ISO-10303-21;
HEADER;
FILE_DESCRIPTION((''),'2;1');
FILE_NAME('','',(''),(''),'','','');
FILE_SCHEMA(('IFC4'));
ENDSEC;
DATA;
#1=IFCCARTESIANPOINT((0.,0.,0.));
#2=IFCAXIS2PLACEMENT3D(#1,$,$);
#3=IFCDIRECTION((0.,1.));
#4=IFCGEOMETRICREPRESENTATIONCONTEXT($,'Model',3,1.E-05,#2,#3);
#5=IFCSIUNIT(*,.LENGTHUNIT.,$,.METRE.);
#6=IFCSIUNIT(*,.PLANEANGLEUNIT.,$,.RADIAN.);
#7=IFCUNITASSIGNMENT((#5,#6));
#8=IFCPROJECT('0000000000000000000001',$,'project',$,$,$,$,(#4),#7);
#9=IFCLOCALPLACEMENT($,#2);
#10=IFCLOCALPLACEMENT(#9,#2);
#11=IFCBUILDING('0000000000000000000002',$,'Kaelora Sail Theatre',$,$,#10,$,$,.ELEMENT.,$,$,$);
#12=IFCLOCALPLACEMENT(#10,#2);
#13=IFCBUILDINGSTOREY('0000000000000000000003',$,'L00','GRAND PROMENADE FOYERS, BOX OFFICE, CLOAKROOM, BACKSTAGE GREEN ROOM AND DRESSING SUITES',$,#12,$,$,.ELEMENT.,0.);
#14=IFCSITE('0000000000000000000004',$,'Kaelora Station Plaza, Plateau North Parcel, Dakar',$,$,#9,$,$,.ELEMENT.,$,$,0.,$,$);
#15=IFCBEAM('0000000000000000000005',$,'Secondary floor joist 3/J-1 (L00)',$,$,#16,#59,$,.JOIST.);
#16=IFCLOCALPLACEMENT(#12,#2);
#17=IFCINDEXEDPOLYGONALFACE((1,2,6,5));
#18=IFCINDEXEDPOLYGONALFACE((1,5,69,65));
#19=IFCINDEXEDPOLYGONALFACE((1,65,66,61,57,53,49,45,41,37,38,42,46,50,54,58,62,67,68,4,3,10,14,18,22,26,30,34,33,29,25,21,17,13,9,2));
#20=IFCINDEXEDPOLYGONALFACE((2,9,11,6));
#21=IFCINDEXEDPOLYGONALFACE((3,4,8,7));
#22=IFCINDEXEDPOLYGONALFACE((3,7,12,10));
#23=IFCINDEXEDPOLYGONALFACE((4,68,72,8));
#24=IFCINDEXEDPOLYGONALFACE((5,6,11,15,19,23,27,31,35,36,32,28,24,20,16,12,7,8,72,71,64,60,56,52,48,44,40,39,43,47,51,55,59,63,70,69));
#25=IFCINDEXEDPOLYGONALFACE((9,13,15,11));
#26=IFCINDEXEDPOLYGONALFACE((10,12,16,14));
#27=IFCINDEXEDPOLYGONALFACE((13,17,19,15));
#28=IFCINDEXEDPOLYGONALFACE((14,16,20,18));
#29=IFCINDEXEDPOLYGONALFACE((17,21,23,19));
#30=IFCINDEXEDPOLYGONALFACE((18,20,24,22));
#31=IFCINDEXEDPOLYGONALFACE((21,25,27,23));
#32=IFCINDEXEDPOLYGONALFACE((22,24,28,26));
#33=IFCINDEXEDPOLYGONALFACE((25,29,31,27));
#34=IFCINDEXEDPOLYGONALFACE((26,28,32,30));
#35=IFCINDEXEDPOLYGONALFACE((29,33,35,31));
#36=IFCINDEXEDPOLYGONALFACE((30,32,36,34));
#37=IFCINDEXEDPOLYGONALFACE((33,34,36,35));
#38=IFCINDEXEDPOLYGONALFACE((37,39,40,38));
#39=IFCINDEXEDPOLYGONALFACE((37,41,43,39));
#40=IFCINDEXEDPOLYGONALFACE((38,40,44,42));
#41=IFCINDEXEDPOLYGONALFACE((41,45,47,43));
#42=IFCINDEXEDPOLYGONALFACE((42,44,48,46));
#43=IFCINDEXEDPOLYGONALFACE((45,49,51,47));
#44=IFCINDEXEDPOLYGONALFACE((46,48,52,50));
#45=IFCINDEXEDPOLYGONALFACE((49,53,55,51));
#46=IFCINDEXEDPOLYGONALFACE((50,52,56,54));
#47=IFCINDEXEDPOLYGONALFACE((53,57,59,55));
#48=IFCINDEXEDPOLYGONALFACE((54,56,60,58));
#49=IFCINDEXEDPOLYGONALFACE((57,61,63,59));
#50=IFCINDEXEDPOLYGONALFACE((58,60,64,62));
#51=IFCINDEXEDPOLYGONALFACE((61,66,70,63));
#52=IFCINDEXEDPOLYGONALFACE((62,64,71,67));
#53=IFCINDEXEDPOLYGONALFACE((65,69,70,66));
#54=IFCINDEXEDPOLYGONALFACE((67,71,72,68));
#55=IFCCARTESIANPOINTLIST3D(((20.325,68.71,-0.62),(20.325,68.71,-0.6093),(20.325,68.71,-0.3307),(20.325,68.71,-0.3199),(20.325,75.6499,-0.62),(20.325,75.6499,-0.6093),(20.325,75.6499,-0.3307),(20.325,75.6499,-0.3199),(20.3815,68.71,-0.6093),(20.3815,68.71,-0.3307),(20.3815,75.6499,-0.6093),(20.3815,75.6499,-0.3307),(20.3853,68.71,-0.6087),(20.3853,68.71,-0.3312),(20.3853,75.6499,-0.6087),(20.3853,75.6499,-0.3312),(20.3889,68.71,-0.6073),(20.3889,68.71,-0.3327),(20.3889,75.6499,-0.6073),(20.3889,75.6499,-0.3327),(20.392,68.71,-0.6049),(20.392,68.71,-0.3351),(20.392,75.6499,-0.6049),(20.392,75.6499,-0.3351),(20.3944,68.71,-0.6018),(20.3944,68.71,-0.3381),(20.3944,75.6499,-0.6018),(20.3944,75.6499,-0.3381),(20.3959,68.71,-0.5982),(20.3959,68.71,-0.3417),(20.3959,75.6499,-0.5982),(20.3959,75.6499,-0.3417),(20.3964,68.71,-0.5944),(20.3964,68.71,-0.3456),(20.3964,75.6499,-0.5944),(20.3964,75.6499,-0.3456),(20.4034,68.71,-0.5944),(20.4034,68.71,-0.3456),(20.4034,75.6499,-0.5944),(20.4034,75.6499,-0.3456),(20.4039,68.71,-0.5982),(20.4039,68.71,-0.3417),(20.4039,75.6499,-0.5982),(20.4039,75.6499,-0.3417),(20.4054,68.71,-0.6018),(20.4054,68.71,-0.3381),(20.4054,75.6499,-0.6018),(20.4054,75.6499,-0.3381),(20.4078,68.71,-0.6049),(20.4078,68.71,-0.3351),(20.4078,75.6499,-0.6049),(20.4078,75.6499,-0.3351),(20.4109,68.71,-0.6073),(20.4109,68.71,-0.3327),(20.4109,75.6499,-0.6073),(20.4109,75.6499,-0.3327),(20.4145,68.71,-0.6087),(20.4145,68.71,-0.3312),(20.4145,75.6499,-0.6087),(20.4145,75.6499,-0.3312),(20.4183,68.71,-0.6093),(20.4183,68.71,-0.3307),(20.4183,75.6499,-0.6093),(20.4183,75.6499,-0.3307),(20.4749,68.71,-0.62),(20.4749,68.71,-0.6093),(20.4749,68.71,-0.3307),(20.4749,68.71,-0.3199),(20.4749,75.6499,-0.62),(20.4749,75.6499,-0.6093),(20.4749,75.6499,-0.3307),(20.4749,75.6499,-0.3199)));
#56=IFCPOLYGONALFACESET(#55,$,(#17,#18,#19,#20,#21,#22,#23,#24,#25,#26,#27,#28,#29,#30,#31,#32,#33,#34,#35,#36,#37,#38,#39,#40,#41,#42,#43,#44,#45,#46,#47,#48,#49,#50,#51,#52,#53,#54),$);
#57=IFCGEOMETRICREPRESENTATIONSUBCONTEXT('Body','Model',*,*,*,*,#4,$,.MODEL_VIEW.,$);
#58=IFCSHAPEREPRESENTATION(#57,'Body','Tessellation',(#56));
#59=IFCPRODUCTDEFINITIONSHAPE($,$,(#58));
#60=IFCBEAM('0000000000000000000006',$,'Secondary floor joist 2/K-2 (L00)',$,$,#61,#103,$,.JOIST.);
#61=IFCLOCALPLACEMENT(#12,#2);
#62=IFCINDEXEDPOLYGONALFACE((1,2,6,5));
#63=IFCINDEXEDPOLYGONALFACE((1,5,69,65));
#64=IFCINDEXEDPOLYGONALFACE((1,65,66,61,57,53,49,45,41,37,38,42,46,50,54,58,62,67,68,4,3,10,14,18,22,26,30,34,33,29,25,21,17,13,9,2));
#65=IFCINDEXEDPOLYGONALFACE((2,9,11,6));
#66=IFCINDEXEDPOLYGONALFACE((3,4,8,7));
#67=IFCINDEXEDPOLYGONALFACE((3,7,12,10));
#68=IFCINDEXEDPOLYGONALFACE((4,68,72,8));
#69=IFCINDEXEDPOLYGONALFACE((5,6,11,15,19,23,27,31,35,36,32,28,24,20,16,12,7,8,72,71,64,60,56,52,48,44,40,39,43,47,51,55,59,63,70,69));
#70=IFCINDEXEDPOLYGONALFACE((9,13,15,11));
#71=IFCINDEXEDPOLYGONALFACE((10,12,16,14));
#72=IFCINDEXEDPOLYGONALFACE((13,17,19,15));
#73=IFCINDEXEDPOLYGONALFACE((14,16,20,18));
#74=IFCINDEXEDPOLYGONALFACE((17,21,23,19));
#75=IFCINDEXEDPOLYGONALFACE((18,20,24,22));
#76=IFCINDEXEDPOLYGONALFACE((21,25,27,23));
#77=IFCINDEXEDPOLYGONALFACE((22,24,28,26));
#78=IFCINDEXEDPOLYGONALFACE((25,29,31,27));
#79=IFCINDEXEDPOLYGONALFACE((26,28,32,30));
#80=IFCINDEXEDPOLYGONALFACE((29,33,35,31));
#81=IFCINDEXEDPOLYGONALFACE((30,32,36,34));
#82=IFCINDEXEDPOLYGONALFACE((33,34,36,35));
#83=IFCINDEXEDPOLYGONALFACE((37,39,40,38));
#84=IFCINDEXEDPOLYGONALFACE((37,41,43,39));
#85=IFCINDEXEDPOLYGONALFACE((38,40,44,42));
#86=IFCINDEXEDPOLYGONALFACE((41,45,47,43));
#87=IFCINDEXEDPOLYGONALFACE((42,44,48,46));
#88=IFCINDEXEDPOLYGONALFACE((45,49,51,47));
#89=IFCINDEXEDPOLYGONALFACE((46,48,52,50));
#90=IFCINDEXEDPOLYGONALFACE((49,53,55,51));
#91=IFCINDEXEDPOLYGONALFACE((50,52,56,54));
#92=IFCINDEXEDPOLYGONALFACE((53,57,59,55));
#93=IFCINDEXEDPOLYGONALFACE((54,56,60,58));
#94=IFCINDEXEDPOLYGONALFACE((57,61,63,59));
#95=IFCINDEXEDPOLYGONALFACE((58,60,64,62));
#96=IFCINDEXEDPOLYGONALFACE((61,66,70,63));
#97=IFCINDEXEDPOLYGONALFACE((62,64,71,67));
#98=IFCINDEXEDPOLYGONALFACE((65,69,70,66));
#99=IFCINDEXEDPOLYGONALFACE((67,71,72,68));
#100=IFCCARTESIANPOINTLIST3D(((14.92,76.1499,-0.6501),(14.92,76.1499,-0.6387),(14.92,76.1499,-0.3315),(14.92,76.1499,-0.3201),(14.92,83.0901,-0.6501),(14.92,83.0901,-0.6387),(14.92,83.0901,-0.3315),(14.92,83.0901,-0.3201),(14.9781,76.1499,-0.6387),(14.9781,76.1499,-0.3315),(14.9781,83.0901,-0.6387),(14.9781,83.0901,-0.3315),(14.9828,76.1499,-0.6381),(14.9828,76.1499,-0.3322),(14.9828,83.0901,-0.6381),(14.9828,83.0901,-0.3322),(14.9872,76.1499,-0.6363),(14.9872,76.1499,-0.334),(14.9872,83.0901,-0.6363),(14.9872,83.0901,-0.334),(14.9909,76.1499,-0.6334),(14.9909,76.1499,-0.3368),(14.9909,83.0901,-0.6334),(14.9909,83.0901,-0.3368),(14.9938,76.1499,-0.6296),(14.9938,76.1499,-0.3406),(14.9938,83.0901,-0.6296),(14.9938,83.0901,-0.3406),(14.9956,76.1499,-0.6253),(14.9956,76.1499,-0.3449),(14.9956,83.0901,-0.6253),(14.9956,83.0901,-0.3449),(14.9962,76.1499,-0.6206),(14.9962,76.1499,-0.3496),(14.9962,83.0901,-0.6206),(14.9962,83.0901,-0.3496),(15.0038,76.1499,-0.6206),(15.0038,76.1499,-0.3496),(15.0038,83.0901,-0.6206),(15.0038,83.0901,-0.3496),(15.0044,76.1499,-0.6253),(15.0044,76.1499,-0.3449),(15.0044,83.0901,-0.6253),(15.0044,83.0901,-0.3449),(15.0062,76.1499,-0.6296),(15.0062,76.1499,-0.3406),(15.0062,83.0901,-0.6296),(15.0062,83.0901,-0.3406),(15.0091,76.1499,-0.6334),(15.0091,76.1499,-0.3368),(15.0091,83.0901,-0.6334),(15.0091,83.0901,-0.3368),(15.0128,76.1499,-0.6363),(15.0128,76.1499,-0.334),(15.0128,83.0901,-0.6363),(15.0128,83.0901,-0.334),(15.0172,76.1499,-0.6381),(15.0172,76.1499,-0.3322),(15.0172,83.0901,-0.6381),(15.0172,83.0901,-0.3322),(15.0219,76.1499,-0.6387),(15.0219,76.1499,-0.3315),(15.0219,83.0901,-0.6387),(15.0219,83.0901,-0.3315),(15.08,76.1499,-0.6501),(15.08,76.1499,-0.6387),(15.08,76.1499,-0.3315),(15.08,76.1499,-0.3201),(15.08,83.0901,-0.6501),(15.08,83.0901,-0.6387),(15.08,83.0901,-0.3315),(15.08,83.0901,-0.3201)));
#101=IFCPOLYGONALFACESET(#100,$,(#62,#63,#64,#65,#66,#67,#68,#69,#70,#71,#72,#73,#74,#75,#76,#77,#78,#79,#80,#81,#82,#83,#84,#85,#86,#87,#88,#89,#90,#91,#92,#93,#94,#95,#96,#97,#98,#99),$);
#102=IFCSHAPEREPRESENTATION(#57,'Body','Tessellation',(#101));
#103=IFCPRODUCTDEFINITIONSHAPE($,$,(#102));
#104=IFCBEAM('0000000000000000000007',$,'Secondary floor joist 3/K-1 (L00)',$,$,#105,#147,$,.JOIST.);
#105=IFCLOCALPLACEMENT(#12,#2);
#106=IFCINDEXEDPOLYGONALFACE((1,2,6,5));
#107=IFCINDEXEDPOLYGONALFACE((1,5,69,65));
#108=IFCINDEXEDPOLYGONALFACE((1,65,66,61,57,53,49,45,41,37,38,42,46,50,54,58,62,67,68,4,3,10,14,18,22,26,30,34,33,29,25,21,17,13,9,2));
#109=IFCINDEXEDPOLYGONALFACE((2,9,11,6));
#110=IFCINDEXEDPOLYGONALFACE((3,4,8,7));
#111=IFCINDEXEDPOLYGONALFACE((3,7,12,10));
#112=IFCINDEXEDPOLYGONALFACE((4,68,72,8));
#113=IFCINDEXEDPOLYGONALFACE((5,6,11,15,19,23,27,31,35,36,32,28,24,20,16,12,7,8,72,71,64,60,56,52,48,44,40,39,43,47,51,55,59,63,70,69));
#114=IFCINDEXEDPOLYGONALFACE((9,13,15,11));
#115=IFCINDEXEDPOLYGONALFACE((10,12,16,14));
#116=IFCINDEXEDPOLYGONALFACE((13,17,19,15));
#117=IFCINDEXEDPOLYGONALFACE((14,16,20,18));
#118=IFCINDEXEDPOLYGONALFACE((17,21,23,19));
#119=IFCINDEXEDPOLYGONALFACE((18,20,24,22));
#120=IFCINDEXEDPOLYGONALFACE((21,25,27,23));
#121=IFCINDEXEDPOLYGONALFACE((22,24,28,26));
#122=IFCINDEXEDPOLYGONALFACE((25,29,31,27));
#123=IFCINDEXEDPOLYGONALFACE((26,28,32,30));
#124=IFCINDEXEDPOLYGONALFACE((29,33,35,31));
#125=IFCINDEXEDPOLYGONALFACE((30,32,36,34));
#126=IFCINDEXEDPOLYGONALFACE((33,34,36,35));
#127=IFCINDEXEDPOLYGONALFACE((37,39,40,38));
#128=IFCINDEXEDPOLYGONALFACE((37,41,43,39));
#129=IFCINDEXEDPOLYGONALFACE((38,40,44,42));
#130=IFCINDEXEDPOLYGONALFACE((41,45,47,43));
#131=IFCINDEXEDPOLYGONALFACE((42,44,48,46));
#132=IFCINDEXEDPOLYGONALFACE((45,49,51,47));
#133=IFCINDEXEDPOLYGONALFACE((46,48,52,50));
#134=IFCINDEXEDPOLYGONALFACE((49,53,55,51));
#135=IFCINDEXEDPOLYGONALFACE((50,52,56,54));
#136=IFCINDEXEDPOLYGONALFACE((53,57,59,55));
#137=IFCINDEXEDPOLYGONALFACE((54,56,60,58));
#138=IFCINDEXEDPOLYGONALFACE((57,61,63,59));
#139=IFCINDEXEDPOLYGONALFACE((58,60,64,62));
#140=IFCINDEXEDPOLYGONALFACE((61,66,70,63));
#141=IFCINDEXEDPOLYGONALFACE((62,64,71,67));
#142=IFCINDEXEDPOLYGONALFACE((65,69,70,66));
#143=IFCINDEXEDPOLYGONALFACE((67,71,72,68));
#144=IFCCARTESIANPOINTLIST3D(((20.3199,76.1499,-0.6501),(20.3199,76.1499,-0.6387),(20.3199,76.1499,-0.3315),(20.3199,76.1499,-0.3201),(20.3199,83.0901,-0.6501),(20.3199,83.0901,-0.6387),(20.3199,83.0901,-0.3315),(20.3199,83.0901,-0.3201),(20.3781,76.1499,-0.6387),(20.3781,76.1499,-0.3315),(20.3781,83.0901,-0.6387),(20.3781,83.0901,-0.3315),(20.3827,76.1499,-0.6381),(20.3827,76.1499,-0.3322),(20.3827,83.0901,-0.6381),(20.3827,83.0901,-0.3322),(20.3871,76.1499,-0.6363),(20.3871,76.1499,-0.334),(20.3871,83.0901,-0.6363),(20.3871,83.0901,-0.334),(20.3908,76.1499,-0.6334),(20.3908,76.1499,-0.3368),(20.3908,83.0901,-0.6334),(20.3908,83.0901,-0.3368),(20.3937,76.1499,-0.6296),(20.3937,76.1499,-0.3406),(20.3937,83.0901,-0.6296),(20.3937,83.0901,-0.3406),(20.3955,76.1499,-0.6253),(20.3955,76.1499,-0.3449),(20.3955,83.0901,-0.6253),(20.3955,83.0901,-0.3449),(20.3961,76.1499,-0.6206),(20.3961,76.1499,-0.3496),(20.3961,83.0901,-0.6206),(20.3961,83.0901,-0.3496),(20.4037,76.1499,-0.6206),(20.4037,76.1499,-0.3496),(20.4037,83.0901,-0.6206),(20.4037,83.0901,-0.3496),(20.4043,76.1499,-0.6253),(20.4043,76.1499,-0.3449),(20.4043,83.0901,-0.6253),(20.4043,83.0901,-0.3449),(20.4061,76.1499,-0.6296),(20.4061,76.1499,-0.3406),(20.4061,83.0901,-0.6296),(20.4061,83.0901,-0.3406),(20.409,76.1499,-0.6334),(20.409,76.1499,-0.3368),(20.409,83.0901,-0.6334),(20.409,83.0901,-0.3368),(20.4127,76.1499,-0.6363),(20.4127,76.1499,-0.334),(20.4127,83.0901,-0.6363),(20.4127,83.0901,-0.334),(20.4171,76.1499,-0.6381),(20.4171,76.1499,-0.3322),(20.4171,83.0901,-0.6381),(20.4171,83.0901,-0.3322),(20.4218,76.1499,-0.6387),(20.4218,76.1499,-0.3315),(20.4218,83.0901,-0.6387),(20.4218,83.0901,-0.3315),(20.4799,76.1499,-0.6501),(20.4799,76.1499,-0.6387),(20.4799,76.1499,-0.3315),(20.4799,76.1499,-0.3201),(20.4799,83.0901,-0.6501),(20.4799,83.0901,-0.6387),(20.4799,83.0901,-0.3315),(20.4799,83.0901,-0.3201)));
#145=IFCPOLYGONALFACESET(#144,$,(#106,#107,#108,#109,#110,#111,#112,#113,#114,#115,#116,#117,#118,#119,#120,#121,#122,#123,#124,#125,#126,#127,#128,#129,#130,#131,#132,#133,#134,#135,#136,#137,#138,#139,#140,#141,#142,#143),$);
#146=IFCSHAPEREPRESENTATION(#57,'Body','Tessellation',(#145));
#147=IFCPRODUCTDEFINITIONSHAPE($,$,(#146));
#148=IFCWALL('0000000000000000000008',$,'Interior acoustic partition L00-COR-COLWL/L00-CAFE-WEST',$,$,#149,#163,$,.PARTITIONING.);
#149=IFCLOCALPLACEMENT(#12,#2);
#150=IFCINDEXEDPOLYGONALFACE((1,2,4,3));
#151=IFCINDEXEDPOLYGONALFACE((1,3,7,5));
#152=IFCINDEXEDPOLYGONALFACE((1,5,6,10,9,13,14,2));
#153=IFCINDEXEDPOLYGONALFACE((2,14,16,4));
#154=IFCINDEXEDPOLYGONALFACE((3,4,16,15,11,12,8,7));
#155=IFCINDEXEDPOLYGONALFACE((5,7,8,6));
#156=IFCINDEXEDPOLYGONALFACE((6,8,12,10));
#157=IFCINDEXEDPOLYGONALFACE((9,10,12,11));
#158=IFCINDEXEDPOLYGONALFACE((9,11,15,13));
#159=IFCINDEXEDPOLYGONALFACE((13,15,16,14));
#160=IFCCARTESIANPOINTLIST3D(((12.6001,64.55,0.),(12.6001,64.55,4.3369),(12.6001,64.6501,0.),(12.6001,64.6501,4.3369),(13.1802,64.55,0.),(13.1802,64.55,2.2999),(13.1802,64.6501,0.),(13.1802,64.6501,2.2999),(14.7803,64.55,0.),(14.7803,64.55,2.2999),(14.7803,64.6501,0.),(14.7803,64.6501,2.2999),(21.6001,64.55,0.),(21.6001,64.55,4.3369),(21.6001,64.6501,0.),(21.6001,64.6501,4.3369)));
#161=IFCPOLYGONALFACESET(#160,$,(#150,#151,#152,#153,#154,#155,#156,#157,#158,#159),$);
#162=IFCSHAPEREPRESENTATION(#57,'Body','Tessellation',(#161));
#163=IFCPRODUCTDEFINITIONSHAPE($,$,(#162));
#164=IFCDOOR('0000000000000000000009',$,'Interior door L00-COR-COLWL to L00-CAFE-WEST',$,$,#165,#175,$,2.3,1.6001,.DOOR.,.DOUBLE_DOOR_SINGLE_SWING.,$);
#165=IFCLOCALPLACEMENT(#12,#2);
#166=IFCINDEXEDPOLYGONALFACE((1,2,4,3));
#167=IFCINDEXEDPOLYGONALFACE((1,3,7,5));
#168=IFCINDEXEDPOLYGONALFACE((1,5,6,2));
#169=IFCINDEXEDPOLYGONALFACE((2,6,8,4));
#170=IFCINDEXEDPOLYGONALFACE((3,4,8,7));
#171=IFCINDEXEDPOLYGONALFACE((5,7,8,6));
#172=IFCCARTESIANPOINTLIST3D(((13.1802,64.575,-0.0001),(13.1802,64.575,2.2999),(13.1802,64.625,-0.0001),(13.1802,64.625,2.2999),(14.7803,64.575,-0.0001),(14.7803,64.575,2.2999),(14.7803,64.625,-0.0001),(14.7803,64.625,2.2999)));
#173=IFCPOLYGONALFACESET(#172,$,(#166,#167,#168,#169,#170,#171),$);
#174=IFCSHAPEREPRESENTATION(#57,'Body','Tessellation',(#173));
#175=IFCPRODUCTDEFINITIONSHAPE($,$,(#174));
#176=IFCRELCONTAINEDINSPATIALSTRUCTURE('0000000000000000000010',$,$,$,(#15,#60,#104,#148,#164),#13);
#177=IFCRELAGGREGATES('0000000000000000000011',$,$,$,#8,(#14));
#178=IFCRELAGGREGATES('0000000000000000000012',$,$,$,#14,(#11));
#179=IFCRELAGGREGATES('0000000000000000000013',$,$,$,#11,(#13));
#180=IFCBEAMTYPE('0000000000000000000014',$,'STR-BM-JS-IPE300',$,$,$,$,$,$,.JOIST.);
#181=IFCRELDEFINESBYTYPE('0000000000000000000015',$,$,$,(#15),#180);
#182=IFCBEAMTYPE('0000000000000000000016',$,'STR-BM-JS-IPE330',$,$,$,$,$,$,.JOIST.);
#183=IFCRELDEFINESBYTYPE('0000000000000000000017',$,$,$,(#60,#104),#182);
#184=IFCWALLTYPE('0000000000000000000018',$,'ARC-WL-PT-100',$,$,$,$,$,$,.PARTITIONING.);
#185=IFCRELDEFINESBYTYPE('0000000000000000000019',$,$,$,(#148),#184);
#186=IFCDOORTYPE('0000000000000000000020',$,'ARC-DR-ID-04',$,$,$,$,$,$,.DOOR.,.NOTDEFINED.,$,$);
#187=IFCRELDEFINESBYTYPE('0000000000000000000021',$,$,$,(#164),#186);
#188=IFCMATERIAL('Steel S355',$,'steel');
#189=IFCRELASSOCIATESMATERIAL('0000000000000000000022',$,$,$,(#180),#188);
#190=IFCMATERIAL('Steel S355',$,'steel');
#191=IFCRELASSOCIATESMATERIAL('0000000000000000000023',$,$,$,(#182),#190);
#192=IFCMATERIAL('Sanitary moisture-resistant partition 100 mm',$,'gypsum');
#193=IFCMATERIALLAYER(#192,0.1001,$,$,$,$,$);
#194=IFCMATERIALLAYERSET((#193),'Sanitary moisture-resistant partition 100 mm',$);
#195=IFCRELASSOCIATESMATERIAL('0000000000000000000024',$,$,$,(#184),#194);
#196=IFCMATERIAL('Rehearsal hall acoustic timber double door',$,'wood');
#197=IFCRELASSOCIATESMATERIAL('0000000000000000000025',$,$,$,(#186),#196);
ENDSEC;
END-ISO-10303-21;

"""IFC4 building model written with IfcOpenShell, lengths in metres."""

from ifc_helpers import new_model, si_unit, direction, frame, frame_2d, origin, origin_2d, place, context, subcontext, project, spatial, rectangle, i_section, extrude, material, layer, layer_set, material_profile, profile_set, type_object, element, fill, save


model = new_model("IFC4")

# Units and contexts
model_context = context("Model", 3, precision=1e-05, world=origin(), true_north=direction((0.0, 1.0)))
body_context = subcontext(model_context, "Body", "Model", "MODEL_VIEW")
ifc_project = project(units=[si_unit("LENGTHUNIT", "METRE"), si_unit("PLANEANGLEUNIT", "RADIAN")], contexts=[model_context])

# Site, building, storey
site_placement = place(None, origin())
site = spatial("IfcSite", under=ifc_project, at=site_placement, Name="Kaelora Station Plaza, Plateau North Parcel, Dakar", CompositionType="ELEMENT", RefElevation=0.0)
building_placement = place(site_placement, origin())
building = spatial("IfcBuilding", under=site, at=building_placement, Name="Kaelora Sail Theatre", CompositionType="ELEMENT")
storey_placement = place(building_placement, origin())
storey = spatial("IfcBuildingStorey", under=building, at=storey_placement, Name="L00", Description="GRAND PROMENADE FOYERS, BOX OFFICE, CLOAKROOM, BACKSTAGE GREEN ROOM AND DRESSING SUITES", CompositionType="ELEMENT", Elevation=0.0)

# Beams
ifc_material_1 = material(Name="Steel S355", Category="steel")
ifc_material_profile_1 = material_profile(ifc_material_1, i_section(OverallWidth=0.1499, OverallDepth=0.3, WebThickness=0.0071, FlangeThickness=0.0107, FilletRadius=0.0149, at=origin_2d()), Name="IPE 300")
ifc_profile_set_1 = profile_set([ifc_material_profile_1], Name="Steel S355")
beam_type_1 = type_object("IfcBeamType", Name="STR-BM-JS-IPE300", PredefinedType="JOIST", material=ifc_profile_set_1)
beam_1_placement = place(storey_placement, frame((20.3999, 68.71, -0.47), z_axis=(0.0, 1.0, 0.0), x_axis=(-1.0, 0.0, 0.0)))
element("IfcBeam", 1, at=beam_1_placement, inside=storey, type_object=beam_type_1, Name="Secondary floor joist 3/J-1 (L00)", PredefinedType="JOIST", context=body_context, shape_type="SweptSolid", body=[
    extrude(i_section(OverallWidth=0.1499, OverallDepth=0.3, WebThickness=0.0071, FlangeThickness=0.0107, FilletRadius=0.0149, at=origin_2d()), origin(), (0.0, 0.0, 1.0), 6.9399),
])
ifc_material_2 = material(Name="Steel S355", Category="steel")
ifc_material_profile_2 = material_profile(ifc_material_2, i_section(OverallWidth=0.1599, OverallDepth=0.3301, WebThickness=0.0076, FlangeThickness=0.0115, FilletRadius=0.0181, at=origin_2d()), Name="IPE 330")
ifc_profile_set_2 = profile_set([ifc_material_profile_2], Name="Steel S355")
beam_type_2 = type_object("IfcBeamType", Name="STR-BM-JS-IPE330", PredefinedType="JOIST", material=ifc_profile_set_2)
for number, where, z_axis, x_axis, name in (
    (2, (15.0, 76.1499, -0.4851), (0.0, 1.0, 0.0), (-1.0, 0.0, 0.0), "Secondary floor joist 2/K-2 (L00)"),
    (3, (20.3999, 76.1499, -0.4851), (0.0, 1.0, 0.0), (-1.0, 0.0, 0.0), "Secondary floor joist 3/K-1 (L00)"),
):
    element("IfcBeam", number, at=place(storey_placement, frame(where, z_axis=z_axis, x_axis=x_axis)), inside=storey, type_object=beam_type_2, Name=name, PredefinedType="JOIST", context=body_context, shape_type="SweptSolid", body=[
        extrude(i_section(OverallWidth=0.1599, OverallDepth=0.3301, WebThickness=0.0076, FlangeThickness=0.0115, FilletRadius=0.0181, at=origin_2d()), origin(), (0.0, 0.0, 1.0), 6.9402),
    ])

# Wall, opening, door
ifc_material_3 = material(Name="Sanitary moisture-resistant partition 100 mm", Category="gypsum")
ifc_layer = layer(ifc_material_3, 0.1001)
ifc_layer_set = layer_set([ifc_layer], Name="Sanitary moisture-resistant partition 100 mm")
wall_type = type_object("IfcWallType", Name="ARC-WL-PT-100", PredefinedType="PARTITIONING", material=ifc_layer_set)
wall_placement = place(storey_placement, frame((12.6001, 64.6001, 0.0), z_axis=(0.0, 0.0, 1.0), x_axis=(1.0, 0.0, 0.0)))
wall = element("IfcWall", 4, at=wall_placement, inside=storey, type_object=wall_type, Name="Interior acoustic partition L00-COR-COLWL/L00-CAFE-WEST", PredefinedType="PARTITIONING", context=body_context, shape_type="SweptSolid", body=[
    extrude(rectangle(XDim=9.0, YDim=0.1001, at=frame_2d((4.5, 0.0))), origin(), (0.0, 0.0, 1.0), 4.3369),
])
opening_placement = place(wall_placement, frame((0.5801, 0.0, 0.0)))
opening = element("IfcOpeningElement", 5, at=opening_placement, cuts=wall, PredefinedType="OPENING", context=body_context, shape_type="SweptSolid", body=[
    extrude(rectangle(XDim=1.6001, YDim=2.3, at=frame_2d((0.8, 1.1499))), frame((0.0, 0.06, 0.0), z_axis=(0.0, -1.0, 0.0), x_axis=(1.0, 0.0, 0.0)), (0.0, 0.0, 1.0), 0.1201),
])
ifc_material_4 = material(Name="Rehearsal hall acoustic timber double door", Category="wood")
door_type = type_object("IfcDoorType", Name="ARC-DR-ID-04", OperationType="NOTDEFINED", PredefinedType="DOOR", material=ifc_material_4)
door_placement = place(opening_placement, origin())
door = element("IfcDoor", 6, at=door_placement, inside=storey, type_object=door_type, Name="Interior door L00-COR-COLWL to L00-CAFE-WEST", OperationType="DOUBLE_DOOR_SINGLE_SWING", OverallHeight=2.3, OverallWidth=1.6001, PredefinedType="DOOR", context=body_context, shape_type="SweptSolid", body=[
    extrude(rectangle(XDim=1.6001, YDim=2.3, at=frame_2d((0.8, 1.1499))), frame((0.0, 0.0249, 0.0), z_axis=(0.0, -1.0, 0.0), x_axis=(1.0, 0.0, 0.0)), (0.0, 0.0, 1.0), 0.05),
])
fill(opening, door)

save(model, "model.ifc")
